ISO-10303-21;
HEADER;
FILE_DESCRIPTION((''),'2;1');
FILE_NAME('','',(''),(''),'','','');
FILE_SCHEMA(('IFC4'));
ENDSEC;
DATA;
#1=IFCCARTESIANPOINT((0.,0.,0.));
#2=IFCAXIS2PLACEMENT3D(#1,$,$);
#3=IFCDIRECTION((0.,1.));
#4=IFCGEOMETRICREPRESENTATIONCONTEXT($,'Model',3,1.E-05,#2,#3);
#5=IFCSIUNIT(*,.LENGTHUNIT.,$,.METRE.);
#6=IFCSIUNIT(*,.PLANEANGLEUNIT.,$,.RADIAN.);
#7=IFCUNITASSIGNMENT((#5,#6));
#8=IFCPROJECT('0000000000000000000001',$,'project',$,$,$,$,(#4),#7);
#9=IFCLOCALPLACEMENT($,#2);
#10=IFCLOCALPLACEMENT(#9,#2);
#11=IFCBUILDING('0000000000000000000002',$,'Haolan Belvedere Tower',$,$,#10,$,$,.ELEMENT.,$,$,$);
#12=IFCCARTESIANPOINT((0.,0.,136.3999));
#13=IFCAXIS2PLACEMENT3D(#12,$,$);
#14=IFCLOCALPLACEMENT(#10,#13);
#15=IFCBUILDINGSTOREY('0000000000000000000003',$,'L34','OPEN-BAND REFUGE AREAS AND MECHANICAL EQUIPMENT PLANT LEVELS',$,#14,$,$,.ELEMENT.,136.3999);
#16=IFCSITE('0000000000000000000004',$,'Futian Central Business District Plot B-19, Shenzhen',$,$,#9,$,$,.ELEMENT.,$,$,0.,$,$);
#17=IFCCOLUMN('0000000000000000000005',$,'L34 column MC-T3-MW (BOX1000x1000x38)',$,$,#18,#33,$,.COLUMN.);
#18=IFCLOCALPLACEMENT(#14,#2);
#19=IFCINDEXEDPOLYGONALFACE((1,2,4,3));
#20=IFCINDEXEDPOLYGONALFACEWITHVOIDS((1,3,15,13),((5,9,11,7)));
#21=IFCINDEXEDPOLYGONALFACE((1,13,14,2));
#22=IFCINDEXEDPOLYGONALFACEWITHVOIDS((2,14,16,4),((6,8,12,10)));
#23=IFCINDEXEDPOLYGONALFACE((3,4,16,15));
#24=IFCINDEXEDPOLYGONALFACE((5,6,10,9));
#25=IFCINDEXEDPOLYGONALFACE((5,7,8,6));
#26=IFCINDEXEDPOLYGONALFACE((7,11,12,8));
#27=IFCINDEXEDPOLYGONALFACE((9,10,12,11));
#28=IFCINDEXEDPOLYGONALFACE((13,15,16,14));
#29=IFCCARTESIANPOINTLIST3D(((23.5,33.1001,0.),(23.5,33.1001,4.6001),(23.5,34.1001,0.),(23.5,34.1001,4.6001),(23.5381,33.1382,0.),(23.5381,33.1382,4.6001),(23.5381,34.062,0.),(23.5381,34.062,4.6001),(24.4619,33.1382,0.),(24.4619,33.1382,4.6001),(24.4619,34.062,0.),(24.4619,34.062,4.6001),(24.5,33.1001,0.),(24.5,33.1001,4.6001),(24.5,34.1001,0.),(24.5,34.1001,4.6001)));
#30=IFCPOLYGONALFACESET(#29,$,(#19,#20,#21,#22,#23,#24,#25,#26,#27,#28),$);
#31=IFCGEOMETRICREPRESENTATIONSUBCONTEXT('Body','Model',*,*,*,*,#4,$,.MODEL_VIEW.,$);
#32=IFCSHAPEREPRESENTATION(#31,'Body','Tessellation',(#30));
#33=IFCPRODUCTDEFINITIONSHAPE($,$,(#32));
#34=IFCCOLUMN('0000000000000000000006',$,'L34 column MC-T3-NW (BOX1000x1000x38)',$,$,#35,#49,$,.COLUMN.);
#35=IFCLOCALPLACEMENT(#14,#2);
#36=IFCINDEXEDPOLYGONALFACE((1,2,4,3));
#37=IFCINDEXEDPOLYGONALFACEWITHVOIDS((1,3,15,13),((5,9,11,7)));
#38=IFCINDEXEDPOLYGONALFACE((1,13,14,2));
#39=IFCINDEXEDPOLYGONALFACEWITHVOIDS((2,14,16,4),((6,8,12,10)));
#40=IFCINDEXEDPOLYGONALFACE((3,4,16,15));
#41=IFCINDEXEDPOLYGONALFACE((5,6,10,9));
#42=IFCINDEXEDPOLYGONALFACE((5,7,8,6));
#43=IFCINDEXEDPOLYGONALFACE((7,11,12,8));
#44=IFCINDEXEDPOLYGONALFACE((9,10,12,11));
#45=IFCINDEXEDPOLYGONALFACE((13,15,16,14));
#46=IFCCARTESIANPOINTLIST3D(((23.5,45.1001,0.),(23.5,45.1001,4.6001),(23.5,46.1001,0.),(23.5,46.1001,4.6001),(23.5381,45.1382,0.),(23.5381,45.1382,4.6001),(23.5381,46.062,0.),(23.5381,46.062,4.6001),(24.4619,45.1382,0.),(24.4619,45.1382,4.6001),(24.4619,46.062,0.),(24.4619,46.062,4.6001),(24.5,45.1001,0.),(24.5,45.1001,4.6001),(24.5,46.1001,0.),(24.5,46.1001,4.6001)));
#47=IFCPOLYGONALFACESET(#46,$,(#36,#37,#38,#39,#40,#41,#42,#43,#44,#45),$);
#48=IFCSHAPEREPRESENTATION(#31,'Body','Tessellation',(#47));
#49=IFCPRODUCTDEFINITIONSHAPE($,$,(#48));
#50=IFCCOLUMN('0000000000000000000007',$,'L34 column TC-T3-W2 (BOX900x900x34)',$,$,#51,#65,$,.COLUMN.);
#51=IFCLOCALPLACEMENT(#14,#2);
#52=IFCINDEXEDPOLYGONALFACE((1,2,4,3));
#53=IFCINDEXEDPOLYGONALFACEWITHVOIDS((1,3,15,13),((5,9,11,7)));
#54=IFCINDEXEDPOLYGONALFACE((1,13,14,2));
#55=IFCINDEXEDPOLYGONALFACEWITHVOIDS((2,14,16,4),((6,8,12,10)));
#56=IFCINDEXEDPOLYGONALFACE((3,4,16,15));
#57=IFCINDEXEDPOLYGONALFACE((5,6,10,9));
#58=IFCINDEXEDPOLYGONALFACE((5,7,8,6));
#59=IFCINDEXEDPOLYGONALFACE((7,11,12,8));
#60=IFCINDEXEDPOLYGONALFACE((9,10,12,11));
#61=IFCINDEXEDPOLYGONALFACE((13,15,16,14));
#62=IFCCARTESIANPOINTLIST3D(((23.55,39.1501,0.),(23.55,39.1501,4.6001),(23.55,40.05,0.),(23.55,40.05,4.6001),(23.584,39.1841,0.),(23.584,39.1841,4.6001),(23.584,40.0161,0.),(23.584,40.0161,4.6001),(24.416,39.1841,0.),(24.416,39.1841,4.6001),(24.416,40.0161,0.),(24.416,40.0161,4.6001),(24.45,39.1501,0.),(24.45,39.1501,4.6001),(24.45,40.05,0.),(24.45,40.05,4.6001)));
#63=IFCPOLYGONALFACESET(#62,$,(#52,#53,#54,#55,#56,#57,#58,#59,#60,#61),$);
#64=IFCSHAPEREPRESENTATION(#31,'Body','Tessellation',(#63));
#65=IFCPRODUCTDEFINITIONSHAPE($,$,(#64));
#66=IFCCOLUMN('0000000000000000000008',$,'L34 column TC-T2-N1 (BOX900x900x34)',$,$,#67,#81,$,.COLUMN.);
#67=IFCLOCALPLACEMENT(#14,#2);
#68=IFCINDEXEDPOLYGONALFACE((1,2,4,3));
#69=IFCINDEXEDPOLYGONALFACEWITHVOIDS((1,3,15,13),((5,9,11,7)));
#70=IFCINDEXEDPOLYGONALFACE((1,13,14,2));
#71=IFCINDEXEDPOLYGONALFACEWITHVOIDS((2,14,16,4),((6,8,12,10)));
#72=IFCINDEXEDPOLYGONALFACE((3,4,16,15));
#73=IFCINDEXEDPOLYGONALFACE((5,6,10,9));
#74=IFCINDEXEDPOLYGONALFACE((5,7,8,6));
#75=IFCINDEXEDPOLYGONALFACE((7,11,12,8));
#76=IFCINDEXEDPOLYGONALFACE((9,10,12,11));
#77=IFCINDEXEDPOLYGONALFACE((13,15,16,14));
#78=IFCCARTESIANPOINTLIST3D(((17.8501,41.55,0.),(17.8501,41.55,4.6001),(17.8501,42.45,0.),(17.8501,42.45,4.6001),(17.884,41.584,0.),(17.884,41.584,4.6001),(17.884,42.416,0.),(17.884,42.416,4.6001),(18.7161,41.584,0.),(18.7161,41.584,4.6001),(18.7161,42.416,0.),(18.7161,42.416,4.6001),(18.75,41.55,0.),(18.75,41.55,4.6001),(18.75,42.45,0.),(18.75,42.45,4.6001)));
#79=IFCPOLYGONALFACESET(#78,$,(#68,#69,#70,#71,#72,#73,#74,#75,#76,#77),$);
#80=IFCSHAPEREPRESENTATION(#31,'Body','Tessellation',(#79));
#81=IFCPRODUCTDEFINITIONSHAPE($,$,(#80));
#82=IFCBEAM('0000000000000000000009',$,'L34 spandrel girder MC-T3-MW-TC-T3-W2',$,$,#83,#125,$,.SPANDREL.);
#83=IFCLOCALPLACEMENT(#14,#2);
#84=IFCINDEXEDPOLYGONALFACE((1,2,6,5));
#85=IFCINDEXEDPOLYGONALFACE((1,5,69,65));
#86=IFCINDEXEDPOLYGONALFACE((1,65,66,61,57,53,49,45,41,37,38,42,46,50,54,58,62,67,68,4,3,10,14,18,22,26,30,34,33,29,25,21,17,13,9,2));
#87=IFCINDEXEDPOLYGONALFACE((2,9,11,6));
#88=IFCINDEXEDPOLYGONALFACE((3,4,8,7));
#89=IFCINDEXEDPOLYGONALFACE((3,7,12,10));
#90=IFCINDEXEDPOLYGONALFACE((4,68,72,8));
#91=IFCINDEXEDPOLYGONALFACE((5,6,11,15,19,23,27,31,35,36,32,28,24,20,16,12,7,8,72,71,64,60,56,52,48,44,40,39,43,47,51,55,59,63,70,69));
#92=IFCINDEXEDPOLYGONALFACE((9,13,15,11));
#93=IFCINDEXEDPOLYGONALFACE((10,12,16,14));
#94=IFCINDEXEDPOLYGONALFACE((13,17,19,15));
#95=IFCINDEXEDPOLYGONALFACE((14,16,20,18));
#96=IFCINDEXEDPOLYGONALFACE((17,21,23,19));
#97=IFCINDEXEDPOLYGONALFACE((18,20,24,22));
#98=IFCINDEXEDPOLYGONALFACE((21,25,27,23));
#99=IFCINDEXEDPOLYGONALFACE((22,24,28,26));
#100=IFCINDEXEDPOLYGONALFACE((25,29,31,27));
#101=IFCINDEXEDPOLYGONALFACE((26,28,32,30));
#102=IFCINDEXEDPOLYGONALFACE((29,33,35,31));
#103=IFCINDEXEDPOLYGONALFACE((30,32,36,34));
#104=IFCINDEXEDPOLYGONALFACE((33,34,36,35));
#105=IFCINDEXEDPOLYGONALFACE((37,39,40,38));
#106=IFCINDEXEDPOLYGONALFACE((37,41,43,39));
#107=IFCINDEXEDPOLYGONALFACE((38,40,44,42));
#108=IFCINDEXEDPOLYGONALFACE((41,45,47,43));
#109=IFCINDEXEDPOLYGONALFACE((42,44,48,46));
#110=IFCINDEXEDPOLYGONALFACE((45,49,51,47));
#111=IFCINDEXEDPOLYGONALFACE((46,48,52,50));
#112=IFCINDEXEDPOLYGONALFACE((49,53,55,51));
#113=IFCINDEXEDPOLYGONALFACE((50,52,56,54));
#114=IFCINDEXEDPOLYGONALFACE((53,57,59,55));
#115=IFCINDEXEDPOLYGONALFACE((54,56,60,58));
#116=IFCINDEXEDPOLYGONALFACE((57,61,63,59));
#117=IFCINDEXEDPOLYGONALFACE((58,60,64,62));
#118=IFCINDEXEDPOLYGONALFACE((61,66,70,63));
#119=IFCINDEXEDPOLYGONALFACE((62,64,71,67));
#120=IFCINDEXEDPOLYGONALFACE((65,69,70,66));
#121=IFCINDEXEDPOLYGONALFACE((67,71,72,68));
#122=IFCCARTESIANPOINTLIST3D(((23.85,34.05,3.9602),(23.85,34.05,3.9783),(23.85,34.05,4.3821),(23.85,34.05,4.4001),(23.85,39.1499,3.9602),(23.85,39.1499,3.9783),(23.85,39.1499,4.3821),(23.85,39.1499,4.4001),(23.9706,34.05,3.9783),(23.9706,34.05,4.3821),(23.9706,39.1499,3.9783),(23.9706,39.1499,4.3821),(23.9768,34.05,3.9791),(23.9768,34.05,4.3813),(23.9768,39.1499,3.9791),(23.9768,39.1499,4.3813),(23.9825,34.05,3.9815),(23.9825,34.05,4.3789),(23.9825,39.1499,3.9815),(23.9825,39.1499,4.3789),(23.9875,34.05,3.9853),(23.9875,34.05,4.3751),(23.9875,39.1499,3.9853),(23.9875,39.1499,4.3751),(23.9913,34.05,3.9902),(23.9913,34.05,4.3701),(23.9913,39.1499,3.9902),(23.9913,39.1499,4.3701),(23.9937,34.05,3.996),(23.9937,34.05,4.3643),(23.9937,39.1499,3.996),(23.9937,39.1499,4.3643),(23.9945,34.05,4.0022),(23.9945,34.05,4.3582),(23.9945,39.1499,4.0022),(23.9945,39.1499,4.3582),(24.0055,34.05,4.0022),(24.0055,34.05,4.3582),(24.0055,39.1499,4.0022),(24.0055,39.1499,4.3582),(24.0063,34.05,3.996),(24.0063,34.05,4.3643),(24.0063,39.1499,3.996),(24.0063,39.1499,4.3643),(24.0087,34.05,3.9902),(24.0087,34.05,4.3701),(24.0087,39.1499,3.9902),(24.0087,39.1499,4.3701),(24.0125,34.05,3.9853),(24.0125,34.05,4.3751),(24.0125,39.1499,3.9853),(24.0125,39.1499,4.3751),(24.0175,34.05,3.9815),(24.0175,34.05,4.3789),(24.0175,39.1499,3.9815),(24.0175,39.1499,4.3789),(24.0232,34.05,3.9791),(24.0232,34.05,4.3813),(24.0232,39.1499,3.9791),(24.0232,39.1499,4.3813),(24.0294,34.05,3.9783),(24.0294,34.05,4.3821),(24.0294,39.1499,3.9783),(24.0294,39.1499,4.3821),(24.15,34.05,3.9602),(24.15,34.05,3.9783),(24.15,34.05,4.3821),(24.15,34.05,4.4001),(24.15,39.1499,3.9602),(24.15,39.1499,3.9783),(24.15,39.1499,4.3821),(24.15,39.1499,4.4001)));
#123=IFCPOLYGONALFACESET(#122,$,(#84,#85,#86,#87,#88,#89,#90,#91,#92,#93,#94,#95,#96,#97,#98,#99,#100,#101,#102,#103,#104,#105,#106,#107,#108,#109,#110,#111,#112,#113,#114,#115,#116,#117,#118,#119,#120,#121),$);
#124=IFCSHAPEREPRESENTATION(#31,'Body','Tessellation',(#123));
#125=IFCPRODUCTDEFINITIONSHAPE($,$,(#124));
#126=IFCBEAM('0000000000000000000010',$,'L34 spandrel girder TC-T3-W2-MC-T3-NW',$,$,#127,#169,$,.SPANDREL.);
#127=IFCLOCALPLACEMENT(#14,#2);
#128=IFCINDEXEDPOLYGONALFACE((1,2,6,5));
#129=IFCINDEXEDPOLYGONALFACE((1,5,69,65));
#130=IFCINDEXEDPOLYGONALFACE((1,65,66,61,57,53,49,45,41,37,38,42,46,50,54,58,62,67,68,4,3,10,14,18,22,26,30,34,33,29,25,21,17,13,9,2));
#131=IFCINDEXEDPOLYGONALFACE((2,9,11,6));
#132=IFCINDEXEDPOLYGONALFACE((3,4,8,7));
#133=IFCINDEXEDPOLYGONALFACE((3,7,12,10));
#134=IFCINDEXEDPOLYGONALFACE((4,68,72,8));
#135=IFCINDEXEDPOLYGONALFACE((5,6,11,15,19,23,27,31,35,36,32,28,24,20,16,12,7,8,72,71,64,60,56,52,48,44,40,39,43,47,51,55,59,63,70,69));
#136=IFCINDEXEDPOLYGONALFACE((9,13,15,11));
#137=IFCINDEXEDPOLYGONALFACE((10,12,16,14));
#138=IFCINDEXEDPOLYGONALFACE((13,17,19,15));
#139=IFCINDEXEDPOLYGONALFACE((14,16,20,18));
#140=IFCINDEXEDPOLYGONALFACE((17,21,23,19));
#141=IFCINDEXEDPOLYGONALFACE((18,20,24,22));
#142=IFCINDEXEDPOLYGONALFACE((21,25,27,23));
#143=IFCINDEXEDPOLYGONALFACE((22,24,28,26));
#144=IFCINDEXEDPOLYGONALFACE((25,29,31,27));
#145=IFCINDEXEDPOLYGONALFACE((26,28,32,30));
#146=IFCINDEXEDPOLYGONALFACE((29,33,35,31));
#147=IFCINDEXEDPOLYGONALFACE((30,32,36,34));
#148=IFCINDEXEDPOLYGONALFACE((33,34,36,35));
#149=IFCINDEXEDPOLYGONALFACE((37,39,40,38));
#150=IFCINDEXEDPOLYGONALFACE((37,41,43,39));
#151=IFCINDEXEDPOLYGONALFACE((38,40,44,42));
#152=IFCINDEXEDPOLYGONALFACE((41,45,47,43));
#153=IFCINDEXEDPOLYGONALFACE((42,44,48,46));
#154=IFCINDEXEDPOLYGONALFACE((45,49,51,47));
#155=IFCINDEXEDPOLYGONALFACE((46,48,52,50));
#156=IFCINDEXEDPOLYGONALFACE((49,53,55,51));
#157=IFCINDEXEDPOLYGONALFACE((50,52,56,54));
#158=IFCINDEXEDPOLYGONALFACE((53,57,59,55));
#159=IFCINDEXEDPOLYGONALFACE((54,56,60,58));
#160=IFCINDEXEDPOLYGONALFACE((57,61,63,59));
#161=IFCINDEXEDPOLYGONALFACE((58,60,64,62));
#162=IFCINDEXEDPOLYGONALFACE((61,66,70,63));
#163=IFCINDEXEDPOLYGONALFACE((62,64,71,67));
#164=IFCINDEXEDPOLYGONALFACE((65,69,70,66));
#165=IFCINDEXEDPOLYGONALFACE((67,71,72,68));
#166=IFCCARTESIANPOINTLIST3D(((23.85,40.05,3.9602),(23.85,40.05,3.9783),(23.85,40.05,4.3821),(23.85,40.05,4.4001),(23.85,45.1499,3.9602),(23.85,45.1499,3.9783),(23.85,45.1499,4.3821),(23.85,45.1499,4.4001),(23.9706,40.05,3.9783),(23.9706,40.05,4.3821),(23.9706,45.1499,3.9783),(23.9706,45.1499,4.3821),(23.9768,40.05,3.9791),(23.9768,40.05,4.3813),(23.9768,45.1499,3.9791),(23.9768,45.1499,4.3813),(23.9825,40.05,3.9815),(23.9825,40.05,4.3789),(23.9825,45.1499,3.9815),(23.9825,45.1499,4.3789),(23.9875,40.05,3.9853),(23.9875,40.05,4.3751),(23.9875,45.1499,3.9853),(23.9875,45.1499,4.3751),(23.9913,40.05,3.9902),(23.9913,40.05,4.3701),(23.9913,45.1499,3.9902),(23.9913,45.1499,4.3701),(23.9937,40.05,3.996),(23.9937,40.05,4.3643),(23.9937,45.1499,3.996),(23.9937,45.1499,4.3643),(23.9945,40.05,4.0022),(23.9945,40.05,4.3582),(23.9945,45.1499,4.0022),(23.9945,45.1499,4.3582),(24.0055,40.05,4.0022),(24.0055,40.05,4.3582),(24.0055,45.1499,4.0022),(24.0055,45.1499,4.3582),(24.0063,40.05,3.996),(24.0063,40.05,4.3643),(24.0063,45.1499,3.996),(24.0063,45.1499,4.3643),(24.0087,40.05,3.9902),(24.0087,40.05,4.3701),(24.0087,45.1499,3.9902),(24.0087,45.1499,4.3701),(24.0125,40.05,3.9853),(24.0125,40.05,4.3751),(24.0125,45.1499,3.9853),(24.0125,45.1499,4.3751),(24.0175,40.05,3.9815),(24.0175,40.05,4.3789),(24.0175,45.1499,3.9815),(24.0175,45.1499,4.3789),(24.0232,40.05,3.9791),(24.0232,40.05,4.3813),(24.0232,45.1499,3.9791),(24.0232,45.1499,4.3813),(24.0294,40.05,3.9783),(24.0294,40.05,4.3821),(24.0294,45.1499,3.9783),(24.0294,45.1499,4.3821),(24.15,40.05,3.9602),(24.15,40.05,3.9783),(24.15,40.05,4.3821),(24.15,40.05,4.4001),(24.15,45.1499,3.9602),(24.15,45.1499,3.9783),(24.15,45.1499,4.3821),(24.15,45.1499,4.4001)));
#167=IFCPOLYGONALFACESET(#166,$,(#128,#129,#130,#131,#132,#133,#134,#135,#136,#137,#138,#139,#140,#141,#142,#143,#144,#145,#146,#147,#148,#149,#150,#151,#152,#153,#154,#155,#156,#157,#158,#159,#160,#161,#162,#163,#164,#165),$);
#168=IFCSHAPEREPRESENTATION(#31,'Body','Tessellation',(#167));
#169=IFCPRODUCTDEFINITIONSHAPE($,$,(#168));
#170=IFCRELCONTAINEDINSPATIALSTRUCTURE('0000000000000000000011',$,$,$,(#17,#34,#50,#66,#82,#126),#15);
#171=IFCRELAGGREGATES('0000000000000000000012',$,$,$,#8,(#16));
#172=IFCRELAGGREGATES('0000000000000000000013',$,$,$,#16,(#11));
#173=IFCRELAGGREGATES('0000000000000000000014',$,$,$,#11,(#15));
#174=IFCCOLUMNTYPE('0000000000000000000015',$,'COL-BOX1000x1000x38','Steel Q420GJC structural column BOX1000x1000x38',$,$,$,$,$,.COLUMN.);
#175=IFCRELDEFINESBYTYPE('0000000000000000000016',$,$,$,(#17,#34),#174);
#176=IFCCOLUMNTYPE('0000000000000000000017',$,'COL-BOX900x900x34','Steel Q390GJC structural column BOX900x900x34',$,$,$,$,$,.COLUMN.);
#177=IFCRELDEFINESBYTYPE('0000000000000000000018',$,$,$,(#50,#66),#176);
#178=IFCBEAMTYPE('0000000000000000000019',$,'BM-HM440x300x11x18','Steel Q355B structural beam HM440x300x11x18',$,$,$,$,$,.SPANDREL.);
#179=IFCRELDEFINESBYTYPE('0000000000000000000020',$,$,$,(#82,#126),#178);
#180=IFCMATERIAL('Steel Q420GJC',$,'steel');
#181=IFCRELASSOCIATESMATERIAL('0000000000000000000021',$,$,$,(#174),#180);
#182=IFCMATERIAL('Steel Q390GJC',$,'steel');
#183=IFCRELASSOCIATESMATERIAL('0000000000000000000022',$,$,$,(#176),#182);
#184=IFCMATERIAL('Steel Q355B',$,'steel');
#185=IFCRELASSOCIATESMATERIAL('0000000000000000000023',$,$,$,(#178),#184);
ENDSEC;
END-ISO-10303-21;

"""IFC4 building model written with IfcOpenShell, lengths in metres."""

from ifc_helpers import new_model, si_unit, direction, frame, origin, origin_2d, place, context, subcontext, project, spatial, hollow_rectangle, i_section, extrude, material, material_profile, profile_set, type_object, element, save


model = new_model("IFC4")

# Units and contexts
model_context = context("Model", 3, precision=1e-05, world=origin(), true_north=direction((0.0, 1.0)))
body_context = subcontext(model_context, "Body", "Model", "MODEL_VIEW")
ifc_project = project(units=[si_unit("LENGTHUNIT", "METRE"), si_unit("PLANEANGLEUNIT", "RADIAN")], contexts=[model_context])

# Site, building, storey
site_placement = place(None, origin())
site = spatial("IfcSite", under=ifc_project, at=site_placement, Name="Futian Central Business District Plot B-19, Shenzhen", CompositionType="ELEMENT", RefElevation=0.0)
building_placement = place(site_placement, origin())
building = spatial("IfcBuilding", under=site, at=building_placement, Name="Haolan Belvedere Tower", CompositionType="ELEMENT")
storey_placement = place(building_placement, frame((0.0, 0.0, 136.3999)))
storey = spatial("IfcBuildingStorey", under=building, at=storey_placement, Name="L34", Description="OPEN-BAND REFUGE AREAS AND MECHANICAL EQUIPMENT PLANT LEVELS", CompositionType="ELEMENT", Elevation=136.3999)

# Columns
ifc_material_1 = material(Name="Steel Q420GJC", Category="steel")
ifc_material_profile_1 = material_profile(ifc_material_1, hollow_rectangle(XDim=1.0, YDim=1.0, WallThickness=0.0381, at=origin_2d()), Name="Steel Q420GJC")
ifc_profile_set_1 = profile_set([ifc_material_profile_1], Name="Steel Q420GJC")
column_type_1 = type_object("IfcColumnType", Name="COL-BOX1000x1000x38", Description="Steel Q420GJC structural column BOX1000x1000x38", PredefinedType="COLUMN", material=ifc_profile_set_1)
for number, where, z_axis, x_axis, name in (
    (1, (24.0, 33.6001, 0.0), (0.0, 0.0, 1.0), (1.0, 0.0, 0.0), "L34 column MC-T3-MW (BOX1000x1000x38)"),
    (2, (24.0, 45.6001, 0.0), (0.0, 0.0, 1.0), (1.0, 0.0, 0.0), "L34 column MC-T3-NW (BOX1000x1000x38)"),
):
    element("IfcColumn", number, at=place(storey_placement, frame(where, z_axis=z_axis, x_axis=x_axis)), inside=storey, type_object=column_type_1, Name=name, PredefinedType="COLUMN", context=body_context, shape_type="SweptSolid", body=[
        extrude(hollow_rectangle(XDim=1.0, YDim=1.0, WallThickness=0.0381, at=origin_2d()), origin(), (0.0, 0.0, 1.0), 4.6001),
    ])
ifc_material_2 = material(Name="Steel Q390GJC", Category="steel")
ifc_material_profile_2 = material_profile(ifc_material_2, hollow_rectangle(XDim=0.8999, YDim=0.8999, WallThickness=0.0339, at=origin_2d()), Name="Steel Q390GJC")
ifc_profile_set_2 = profile_set([ifc_material_profile_2], Name="Steel Q390GJC")
column_type_2 = type_object("IfcColumnType", Name="COL-BOX900x900x34", Description="Steel Q390GJC structural column BOX900x900x34", PredefinedType="COLUMN", material=ifc_profile_set_2)
for number, where, z_axis, x_axis, name in (
    (3, (24.0, 39.6001, 0.0), (0.0, 0.0, 1.0), (1.0, 0.0, 0.0), "L34 column TC-T3-W2 (BOX900x900x34)"),
    (4, (18.3, 42.0, 0.0), (0.0, 0.0, 1.0), (1.0, 0.0, 0.0), "L34 column TC-T2-N1 (BOX900x900x34)"),
):
    element("IfcColumn", number, at=place(storey_placement, frame(where, z_axis=z_axis, x_axis=x_axis)), inside=storey, type_object=column_type_2, Name=name, PredefinedType="COLUMN", context=body_context, shape_type="SweptSolid", body=[
        extrude(hollow_rectangle(XDim=0.8999, YDim=0.8999, WallThickness=0.0339, at=origin_2d()), origin(), (0.0, 0.0, 1.0), 4.6001),
    ])

# Beams
ifc_material_3 = material(Name="Steel Q355B", Category="steel")
ifc_material_profile_3 = material_profile(ifc_material_3, i_section(OverallWidth=0.3, OverallDepth=0.4399, WebThickness=0.011, FlangeThickness=0.0181, FilletRadius=0.0239, at=origin_2d()), Name="Steel Q355B")
ifc_profile_set_3 = profile_set([ifc_material_profile_3], Name="Steel Q355B")
beam_type_1 = type_object("IfcBeamType", Name="BM-HM440x300x11x18", Description="Steel Q355B structural beam HM440x300x11x18", PredefinedType="SPANDREL", material=ifc_profile_set_3)
for number, where, z_axis, x_axis, name in (
    (5, (24.0, 34.05, 4.1802), (0.0, 1.0, 0.0), (-1.0, 0.0, 0.0), "L34 spandrel girder MC-T3-MW-TC-T3-W2"),
    (6, (24.0, 40.05, 4.1802), (0.0, 1.0, 0.0), (-1.0, 0.0, 0.0), "L34 spandrel girder TC-T3-W2-MC-T3-NW"),
):
    element("IfcBeam", number, at=place(storey_placement, frame(where, z_axis=z_axis, x_axis=x_axis)), inside=storey, type_object=beam_type_1, Name=name, PredefinedType="SPANDREL", context=body_context, shape_type="SweptSolid", body=[
        extrude(i_section(OverallWidth=0.3, OverallDepth=0.4399, WebThickness=0.011, FlangeThickness=0.0181, FilletRadius=0.0239, at=origin_2d()), origin(), (0.0, 0.0, 1.0), 5.0999),
    ])

save(model, "model.ifc")
